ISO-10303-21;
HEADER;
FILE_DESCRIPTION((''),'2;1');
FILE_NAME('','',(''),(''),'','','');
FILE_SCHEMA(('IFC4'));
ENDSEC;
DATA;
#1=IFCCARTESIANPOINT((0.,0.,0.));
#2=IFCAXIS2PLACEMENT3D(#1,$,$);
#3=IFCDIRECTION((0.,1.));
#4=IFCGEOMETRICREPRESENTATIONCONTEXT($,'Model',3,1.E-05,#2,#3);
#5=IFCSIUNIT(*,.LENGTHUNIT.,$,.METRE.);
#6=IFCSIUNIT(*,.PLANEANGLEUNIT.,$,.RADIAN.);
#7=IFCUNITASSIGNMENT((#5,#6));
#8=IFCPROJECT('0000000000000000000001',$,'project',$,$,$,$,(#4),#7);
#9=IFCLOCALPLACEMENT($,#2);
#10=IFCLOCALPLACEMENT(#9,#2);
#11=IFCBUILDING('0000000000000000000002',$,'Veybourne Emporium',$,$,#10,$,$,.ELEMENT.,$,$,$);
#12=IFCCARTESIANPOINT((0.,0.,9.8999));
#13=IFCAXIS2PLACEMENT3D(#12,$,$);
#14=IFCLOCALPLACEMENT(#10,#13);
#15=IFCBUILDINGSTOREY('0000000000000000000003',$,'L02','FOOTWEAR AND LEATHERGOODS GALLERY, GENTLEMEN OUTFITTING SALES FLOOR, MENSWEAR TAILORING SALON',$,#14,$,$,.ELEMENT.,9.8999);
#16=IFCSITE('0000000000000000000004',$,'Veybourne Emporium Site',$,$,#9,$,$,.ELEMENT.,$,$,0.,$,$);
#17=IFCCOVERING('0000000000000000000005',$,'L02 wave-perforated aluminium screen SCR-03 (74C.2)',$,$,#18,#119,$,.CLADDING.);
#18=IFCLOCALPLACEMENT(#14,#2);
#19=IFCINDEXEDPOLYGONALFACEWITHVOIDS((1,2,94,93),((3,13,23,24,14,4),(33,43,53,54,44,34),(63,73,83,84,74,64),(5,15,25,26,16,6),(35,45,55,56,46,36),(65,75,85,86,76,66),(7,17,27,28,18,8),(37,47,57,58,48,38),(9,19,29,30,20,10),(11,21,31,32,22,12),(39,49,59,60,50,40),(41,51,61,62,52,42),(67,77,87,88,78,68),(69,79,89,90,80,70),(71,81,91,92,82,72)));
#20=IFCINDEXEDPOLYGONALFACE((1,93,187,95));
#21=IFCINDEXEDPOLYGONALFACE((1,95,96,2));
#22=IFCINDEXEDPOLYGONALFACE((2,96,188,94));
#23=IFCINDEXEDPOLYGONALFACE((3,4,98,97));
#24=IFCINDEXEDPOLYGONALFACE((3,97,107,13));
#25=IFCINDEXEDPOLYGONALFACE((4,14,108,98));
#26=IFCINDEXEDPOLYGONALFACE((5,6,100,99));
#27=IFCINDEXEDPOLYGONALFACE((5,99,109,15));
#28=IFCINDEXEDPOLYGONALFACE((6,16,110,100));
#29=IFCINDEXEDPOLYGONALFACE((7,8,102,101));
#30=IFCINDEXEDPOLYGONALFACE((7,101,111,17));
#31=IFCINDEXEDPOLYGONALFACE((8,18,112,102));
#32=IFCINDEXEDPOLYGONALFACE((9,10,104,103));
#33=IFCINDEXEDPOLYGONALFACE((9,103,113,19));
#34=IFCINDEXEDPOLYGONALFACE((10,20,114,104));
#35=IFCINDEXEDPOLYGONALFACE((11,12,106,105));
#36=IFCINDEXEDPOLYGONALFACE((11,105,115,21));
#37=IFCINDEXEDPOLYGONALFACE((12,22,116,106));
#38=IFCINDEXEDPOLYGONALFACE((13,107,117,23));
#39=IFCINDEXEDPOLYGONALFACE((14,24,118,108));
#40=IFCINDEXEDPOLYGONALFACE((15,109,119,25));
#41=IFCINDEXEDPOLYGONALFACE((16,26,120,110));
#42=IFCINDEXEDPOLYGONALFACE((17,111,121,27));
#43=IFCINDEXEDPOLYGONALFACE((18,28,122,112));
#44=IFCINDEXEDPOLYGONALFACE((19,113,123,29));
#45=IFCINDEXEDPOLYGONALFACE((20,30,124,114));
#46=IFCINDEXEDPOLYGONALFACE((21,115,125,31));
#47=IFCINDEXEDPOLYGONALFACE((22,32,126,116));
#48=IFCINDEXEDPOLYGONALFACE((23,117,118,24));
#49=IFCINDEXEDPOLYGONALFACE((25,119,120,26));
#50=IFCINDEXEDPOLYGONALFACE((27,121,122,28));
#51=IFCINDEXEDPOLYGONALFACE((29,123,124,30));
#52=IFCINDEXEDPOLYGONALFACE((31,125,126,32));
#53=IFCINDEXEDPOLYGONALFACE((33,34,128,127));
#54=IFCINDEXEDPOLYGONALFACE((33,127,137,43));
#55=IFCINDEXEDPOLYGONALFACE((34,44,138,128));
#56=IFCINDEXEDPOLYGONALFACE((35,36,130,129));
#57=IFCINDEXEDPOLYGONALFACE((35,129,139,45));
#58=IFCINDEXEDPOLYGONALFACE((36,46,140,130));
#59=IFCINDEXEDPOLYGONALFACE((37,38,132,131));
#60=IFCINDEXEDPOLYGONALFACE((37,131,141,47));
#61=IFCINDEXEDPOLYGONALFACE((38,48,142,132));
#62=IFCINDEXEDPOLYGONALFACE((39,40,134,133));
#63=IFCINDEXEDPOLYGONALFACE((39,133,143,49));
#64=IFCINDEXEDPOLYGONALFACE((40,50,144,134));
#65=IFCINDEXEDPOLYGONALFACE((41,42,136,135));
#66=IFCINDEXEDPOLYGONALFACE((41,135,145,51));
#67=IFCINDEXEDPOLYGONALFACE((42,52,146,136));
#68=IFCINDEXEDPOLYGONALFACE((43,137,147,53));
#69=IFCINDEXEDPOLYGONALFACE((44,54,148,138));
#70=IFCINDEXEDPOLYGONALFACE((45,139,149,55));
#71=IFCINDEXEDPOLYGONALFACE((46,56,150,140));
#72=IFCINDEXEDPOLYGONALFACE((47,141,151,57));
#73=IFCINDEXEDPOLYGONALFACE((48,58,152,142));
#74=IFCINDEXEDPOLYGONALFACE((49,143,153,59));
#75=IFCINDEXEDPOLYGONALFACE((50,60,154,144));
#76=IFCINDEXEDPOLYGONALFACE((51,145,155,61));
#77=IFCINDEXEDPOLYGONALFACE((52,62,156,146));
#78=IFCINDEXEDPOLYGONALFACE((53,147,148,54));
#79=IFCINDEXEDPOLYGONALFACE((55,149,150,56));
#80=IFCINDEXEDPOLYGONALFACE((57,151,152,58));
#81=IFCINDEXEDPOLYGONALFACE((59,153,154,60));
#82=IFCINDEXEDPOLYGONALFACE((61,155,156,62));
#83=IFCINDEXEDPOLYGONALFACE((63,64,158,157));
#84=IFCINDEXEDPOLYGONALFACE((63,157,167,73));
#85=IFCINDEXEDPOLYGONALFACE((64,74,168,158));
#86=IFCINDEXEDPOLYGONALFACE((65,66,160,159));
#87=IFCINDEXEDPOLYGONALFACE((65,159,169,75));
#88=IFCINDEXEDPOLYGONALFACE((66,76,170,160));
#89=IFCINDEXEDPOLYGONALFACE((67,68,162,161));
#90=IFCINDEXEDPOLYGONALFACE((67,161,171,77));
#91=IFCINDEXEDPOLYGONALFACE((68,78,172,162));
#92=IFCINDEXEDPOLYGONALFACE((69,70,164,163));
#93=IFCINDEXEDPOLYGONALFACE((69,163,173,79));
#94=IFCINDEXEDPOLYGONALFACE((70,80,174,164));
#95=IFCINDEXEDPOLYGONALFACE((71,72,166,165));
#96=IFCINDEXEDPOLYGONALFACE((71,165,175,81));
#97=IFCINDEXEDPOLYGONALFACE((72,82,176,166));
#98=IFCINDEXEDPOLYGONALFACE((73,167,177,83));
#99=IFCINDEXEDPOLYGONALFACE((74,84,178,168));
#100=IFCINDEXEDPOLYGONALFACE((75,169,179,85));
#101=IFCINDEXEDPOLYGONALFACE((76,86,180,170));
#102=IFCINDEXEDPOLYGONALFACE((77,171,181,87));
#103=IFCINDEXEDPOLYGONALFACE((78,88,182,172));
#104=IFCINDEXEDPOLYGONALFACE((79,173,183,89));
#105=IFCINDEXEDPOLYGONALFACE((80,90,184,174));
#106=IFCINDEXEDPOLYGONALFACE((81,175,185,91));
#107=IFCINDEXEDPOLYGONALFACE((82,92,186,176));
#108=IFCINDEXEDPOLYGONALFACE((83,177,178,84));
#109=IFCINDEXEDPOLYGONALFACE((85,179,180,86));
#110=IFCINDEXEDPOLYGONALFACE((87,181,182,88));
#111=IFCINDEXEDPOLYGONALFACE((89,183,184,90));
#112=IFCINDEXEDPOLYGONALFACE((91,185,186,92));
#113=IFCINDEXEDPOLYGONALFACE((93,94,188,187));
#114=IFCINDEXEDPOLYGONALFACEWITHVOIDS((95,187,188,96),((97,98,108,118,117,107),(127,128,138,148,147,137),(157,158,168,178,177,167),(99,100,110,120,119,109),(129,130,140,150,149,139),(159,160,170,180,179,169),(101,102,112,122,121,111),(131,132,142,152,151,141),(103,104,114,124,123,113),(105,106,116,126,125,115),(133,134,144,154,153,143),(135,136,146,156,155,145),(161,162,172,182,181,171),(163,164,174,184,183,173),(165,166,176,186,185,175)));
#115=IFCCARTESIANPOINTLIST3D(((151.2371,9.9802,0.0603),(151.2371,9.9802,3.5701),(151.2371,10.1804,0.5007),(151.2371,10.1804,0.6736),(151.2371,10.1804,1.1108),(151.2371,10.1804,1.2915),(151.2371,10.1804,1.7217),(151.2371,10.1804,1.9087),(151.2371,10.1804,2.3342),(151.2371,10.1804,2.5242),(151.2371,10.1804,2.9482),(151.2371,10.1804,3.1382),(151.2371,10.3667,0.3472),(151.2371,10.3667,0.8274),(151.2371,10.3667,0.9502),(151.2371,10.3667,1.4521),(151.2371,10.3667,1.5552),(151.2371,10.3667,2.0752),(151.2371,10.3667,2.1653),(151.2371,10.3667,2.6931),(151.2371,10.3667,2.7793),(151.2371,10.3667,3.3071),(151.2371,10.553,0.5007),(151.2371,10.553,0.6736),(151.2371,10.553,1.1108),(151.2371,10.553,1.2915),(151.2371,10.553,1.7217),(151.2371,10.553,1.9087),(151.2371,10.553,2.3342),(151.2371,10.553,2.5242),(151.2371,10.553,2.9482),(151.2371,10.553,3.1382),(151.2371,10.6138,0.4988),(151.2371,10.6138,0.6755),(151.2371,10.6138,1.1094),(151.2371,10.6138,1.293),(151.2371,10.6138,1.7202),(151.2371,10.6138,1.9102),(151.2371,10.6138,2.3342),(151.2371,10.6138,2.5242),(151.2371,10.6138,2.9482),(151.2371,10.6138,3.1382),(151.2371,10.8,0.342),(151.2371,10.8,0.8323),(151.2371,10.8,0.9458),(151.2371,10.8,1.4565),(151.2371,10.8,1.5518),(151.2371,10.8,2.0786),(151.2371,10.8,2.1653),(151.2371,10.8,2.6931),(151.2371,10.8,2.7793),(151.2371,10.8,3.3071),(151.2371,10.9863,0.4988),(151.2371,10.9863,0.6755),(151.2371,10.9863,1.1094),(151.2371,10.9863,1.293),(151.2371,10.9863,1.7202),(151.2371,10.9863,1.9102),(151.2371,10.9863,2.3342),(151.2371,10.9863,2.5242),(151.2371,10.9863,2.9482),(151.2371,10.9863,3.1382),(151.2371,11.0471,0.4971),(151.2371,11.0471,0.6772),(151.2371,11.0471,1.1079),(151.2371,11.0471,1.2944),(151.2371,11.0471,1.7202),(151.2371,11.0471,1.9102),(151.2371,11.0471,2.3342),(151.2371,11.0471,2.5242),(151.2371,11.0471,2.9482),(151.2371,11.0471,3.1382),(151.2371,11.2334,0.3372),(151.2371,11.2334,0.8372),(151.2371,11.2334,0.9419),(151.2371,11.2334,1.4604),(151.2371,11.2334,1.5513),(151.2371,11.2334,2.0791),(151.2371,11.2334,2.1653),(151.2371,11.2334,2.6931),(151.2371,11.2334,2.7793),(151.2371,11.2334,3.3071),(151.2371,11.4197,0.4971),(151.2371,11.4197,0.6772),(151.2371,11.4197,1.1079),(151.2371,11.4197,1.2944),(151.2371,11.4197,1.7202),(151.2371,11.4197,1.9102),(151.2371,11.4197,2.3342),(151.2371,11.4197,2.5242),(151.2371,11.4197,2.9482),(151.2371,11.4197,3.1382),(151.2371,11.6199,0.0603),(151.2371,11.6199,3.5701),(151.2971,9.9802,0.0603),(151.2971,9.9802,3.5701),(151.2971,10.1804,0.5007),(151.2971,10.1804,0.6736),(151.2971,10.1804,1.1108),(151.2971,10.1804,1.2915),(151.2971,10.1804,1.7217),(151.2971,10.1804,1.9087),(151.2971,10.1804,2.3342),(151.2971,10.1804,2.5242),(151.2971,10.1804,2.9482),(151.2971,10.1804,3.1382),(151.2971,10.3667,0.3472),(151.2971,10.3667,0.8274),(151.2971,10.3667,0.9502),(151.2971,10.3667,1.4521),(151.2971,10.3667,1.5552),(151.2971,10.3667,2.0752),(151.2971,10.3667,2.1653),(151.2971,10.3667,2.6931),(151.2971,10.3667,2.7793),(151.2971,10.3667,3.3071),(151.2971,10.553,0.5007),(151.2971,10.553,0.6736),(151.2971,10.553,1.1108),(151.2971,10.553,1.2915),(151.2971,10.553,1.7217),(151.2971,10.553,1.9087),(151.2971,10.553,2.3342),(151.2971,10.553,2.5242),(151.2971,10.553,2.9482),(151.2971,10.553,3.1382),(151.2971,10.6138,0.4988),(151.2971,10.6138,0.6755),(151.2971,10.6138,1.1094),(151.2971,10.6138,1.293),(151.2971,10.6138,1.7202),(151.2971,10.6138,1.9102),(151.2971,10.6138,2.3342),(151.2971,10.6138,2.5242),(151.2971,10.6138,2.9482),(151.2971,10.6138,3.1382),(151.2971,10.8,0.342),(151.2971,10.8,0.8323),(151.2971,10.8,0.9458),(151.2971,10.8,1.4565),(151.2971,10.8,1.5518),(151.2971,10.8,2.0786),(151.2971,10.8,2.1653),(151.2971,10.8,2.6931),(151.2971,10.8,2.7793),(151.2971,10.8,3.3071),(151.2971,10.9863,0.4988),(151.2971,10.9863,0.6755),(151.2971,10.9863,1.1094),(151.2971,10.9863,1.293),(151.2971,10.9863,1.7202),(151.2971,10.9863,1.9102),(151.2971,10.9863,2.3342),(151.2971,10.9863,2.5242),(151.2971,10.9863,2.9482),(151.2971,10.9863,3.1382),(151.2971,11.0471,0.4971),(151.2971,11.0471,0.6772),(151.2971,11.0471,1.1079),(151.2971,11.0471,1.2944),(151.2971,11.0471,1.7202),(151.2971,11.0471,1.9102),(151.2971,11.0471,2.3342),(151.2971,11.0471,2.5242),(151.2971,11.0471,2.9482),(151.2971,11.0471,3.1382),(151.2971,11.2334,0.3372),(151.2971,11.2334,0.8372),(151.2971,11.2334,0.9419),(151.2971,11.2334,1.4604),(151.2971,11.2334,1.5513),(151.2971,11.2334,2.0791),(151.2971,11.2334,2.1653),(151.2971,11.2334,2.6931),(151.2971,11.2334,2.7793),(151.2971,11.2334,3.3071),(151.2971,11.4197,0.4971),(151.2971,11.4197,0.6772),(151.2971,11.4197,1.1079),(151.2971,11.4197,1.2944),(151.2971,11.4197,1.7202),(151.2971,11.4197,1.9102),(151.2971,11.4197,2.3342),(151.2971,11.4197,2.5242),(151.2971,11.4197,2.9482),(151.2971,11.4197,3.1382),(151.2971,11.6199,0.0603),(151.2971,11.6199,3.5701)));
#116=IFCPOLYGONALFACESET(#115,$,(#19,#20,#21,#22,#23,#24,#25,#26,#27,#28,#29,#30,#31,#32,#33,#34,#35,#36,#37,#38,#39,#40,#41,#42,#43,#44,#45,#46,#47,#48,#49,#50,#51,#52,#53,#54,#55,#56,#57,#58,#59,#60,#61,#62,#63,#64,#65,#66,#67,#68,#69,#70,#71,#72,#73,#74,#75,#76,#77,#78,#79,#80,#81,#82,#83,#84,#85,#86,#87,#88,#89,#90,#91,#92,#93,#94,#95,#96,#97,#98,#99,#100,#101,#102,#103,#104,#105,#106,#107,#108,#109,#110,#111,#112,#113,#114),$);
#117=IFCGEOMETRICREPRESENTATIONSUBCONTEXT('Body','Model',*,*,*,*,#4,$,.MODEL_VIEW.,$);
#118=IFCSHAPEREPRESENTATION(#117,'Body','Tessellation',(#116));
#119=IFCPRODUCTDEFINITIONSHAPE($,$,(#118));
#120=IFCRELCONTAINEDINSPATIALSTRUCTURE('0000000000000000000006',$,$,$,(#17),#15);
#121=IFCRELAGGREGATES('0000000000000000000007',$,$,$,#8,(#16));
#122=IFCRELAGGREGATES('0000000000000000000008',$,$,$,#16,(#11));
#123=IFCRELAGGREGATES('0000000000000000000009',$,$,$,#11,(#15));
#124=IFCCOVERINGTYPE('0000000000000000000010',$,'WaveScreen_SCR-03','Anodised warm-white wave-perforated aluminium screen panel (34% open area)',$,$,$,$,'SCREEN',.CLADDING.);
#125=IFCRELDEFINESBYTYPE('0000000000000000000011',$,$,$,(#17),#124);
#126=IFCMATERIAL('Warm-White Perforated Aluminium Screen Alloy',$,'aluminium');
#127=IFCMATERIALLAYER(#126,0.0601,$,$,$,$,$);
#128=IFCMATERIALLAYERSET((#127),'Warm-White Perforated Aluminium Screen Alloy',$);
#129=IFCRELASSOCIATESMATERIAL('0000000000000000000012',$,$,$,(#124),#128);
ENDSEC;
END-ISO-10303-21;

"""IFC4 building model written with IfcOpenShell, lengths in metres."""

from ifc_helpers import new_model, si_unit, direction, frame, origin, place, context, subcontext, project, spatial, polyline, outline, extrude, material, layer, layer_set, type_object, element, save


model = new_model("IFC4")

# Units and contexts
model_context = context("Model", 3, precision=1e-05, world=origin(), true_north=direction((0.0, 1.0)))
body_context = subcontext(model_context, "Body", "Model", "MODEL_VIEW")
ifc_project = project(units=[si_unit("LENGTHUNIT", "METRE"), si_unit("PLANEANGLEUNIT", "RADIAN")], contexts=[model_context])

# Site, building, storey
site_placement = place(None, origin())
site = spatial("IfcSite", under=ifc_project, at=site_placement, Name="Veybourne Emporium Site", CompositionType="ELEMENT", RefElevation=0.0)
building_placement = place(site_placement, origin())
building = spatial("IfcBuilding", under=site, at=building_placement, Name="Veybourne Emporium", CompositionType="ELEMENT")
storey_placement = place(building_placement, frame((0.0, 0.0, 9.8999)))
storey = spatial("IfcBuildingStorey", under=building, at=storey_placement, Name="L02", Description="FOOTWEAR AND LEATHERGOODS GALLERY, GENTLEMEN OUTFITTING SALES FLOOR, MENSWEAR TAILORING SALON", CompositionType="ELEMENT", Elevation=9.8999)

# Covering
ifc_material_1 = material(Name="Warm-White Perforated Aluminium Screen Alloy", Category="aluminium")
ifc_layer_1 = layer(ifc_material_1, 0.0601)
ifc_layer_set_1 = layer_set([ifc_layer_1], Name="Warm-White Perforated Aluminium Screen Alloy")
covering_type_1 = type_object("IfcCoveringType", Name="WaveScreen_SCR-03", Description="Anodised warm-white wave-perforated aluminium screen panel (34% open area)", ElementType="SCREEN", PredefinedType="CLADDING", material=ifc_layer_set_1)
covering_1_placement = place(storey_placement, frame((151.2971, 10.8, 1.8152), z_axis=(-1.0, 0.0, 0.0), x_axis=(0.0, -1.0, 0.0)))
element("IfcCovering", 1, at=covering_1_placement, inside=storey, type_object=covering_type_1, Name="L02 wave-perforated aluminium screen SCR-03 (74C.2)", PredefinedType="CLADDING", context=body_context, shape_type="SweptSolid", body=[
    extrude(outline(polyline([(-0.8198, -1.7549), (0.8198, -1.7549), (0.8198, 1.7549), (-0.8198, 1.7549), (-0.8198, -1.7549)]), holes=[polyline([(-0.4333, -0.978), (-0.2471, -1.1379), (-0.2471, -1.3181), (-0.4333, -1.478), (-0.6196, -1.3181), (-0.6196, -1.1379), (-0.4333, -0.978)]), polyline([(-0.4333, -0.3547), (-0.2471, -0.5208), (-0.2471, -0.7073), (-0.4333, -0.8733), (-0.6196, -0.7073), (-0.6196, -0.5208), (-0.4333, -0.3547)]), polyline([(-0.4333, 0.2639), (-0.2471, 0.095), (-0.2471, -0.095), (-0.4333, -0.2639), (-0.6196, -0.095), (-0.6196, 0.095), (-0.4333, 0.2639)]), polyline([(-0.4333, 0.8779), (-0.2471, 0.709), (-0.2471, 0.519), (-0.4333, 0.3501), (-0.6196, 0.519), (-0.6196, 0.709), (-0.4333, 0.8779)]), polyline([(-0.4333, 1.4919), (-0.2471, 1.323), (-0.2471, 1.1331), (-0.4333, 0.9641), (-0.6196, 1.1331), (-0.6196, 1.323), (-0.4333, 1.4919)]), polyline([(0.0, -0.9829), (0.1863, -1.1396), (0.1863, -1.3164), (0.0, -1.4731), (-0.1863, -1.3164), (-0.1863, -1.1396), (0.0, -0.9829)]), polyline([(0.0, -0.3586), (0.1863, -0.5222), (0.1863, -0.7058), (0.0, -0.8694), (-0.1863, -0.7058), (-0.1863, -0.5222), (0.0, -0.3586)]), polyline([(0.0, 0.2634), (0.1863, 0.095), (0.1863, -0.095), (0.0, -0.2634), (-0.1863, -0.095), (-0.1863, 0.095), (0.0, 0.2634)]), polyline([(0.0, 0.8779), (0.1863, 0.709), (0.1863, 0.519), (0.0, 0.3501), (-0.1863, 0.519), (-0.1863, 0.709), (0.0, 0.8779)]), polyline([(0.0, 1.4919), (0.1863, 1.323), (0.1863, 1.1331), (0.0, 0.9641), (-0.1863, 1.1331), (-0.1863, 1.323), (0.0, 1.4919)]), polyline([(0.4333, -0.9878), (0.6196, -1.1416), (0.6196, -1.3145), (0.4333, -1.468), (0.2471, -1.3145), (0.2471, -1.1416), (0.4333, -0.9878)]), polyline([(0.4333, -0.363), (0.6196, -0.5237), (0.6196, -0.7043), (0.4333, -0.865), (0.2471, -0.7043), (0.2471, -0.5237), (0.4333, -0.363)]), polyline([(0.4333, 0.26), (0.6196, 0.0935), (0.6196, -0.0935), (0.4333, -0.26), (0.2471, -0.0935), (0.2471, 0.0935), (0.4333, 0.26)]), polyline([(0.4333, 0.8779), (0.6196, 0.709), (0.6196, 0.519), (0.4333, 0.3501), (0.2471, 0.519), (0.2471, 0.709), (0.4333, 0.8779)]), polyline([(0.4333, 1.4919), (0.6196, 1.323), (0.6196, 1.1331), (0.4333, 0.9641), (0.2471, 1.1331), (0.2471, 1.323), (0.4333, 1.4919)])]), origin(), (0.0, 0.0, 1.0), 0.0601),
])

save(model, "model.ifc")
